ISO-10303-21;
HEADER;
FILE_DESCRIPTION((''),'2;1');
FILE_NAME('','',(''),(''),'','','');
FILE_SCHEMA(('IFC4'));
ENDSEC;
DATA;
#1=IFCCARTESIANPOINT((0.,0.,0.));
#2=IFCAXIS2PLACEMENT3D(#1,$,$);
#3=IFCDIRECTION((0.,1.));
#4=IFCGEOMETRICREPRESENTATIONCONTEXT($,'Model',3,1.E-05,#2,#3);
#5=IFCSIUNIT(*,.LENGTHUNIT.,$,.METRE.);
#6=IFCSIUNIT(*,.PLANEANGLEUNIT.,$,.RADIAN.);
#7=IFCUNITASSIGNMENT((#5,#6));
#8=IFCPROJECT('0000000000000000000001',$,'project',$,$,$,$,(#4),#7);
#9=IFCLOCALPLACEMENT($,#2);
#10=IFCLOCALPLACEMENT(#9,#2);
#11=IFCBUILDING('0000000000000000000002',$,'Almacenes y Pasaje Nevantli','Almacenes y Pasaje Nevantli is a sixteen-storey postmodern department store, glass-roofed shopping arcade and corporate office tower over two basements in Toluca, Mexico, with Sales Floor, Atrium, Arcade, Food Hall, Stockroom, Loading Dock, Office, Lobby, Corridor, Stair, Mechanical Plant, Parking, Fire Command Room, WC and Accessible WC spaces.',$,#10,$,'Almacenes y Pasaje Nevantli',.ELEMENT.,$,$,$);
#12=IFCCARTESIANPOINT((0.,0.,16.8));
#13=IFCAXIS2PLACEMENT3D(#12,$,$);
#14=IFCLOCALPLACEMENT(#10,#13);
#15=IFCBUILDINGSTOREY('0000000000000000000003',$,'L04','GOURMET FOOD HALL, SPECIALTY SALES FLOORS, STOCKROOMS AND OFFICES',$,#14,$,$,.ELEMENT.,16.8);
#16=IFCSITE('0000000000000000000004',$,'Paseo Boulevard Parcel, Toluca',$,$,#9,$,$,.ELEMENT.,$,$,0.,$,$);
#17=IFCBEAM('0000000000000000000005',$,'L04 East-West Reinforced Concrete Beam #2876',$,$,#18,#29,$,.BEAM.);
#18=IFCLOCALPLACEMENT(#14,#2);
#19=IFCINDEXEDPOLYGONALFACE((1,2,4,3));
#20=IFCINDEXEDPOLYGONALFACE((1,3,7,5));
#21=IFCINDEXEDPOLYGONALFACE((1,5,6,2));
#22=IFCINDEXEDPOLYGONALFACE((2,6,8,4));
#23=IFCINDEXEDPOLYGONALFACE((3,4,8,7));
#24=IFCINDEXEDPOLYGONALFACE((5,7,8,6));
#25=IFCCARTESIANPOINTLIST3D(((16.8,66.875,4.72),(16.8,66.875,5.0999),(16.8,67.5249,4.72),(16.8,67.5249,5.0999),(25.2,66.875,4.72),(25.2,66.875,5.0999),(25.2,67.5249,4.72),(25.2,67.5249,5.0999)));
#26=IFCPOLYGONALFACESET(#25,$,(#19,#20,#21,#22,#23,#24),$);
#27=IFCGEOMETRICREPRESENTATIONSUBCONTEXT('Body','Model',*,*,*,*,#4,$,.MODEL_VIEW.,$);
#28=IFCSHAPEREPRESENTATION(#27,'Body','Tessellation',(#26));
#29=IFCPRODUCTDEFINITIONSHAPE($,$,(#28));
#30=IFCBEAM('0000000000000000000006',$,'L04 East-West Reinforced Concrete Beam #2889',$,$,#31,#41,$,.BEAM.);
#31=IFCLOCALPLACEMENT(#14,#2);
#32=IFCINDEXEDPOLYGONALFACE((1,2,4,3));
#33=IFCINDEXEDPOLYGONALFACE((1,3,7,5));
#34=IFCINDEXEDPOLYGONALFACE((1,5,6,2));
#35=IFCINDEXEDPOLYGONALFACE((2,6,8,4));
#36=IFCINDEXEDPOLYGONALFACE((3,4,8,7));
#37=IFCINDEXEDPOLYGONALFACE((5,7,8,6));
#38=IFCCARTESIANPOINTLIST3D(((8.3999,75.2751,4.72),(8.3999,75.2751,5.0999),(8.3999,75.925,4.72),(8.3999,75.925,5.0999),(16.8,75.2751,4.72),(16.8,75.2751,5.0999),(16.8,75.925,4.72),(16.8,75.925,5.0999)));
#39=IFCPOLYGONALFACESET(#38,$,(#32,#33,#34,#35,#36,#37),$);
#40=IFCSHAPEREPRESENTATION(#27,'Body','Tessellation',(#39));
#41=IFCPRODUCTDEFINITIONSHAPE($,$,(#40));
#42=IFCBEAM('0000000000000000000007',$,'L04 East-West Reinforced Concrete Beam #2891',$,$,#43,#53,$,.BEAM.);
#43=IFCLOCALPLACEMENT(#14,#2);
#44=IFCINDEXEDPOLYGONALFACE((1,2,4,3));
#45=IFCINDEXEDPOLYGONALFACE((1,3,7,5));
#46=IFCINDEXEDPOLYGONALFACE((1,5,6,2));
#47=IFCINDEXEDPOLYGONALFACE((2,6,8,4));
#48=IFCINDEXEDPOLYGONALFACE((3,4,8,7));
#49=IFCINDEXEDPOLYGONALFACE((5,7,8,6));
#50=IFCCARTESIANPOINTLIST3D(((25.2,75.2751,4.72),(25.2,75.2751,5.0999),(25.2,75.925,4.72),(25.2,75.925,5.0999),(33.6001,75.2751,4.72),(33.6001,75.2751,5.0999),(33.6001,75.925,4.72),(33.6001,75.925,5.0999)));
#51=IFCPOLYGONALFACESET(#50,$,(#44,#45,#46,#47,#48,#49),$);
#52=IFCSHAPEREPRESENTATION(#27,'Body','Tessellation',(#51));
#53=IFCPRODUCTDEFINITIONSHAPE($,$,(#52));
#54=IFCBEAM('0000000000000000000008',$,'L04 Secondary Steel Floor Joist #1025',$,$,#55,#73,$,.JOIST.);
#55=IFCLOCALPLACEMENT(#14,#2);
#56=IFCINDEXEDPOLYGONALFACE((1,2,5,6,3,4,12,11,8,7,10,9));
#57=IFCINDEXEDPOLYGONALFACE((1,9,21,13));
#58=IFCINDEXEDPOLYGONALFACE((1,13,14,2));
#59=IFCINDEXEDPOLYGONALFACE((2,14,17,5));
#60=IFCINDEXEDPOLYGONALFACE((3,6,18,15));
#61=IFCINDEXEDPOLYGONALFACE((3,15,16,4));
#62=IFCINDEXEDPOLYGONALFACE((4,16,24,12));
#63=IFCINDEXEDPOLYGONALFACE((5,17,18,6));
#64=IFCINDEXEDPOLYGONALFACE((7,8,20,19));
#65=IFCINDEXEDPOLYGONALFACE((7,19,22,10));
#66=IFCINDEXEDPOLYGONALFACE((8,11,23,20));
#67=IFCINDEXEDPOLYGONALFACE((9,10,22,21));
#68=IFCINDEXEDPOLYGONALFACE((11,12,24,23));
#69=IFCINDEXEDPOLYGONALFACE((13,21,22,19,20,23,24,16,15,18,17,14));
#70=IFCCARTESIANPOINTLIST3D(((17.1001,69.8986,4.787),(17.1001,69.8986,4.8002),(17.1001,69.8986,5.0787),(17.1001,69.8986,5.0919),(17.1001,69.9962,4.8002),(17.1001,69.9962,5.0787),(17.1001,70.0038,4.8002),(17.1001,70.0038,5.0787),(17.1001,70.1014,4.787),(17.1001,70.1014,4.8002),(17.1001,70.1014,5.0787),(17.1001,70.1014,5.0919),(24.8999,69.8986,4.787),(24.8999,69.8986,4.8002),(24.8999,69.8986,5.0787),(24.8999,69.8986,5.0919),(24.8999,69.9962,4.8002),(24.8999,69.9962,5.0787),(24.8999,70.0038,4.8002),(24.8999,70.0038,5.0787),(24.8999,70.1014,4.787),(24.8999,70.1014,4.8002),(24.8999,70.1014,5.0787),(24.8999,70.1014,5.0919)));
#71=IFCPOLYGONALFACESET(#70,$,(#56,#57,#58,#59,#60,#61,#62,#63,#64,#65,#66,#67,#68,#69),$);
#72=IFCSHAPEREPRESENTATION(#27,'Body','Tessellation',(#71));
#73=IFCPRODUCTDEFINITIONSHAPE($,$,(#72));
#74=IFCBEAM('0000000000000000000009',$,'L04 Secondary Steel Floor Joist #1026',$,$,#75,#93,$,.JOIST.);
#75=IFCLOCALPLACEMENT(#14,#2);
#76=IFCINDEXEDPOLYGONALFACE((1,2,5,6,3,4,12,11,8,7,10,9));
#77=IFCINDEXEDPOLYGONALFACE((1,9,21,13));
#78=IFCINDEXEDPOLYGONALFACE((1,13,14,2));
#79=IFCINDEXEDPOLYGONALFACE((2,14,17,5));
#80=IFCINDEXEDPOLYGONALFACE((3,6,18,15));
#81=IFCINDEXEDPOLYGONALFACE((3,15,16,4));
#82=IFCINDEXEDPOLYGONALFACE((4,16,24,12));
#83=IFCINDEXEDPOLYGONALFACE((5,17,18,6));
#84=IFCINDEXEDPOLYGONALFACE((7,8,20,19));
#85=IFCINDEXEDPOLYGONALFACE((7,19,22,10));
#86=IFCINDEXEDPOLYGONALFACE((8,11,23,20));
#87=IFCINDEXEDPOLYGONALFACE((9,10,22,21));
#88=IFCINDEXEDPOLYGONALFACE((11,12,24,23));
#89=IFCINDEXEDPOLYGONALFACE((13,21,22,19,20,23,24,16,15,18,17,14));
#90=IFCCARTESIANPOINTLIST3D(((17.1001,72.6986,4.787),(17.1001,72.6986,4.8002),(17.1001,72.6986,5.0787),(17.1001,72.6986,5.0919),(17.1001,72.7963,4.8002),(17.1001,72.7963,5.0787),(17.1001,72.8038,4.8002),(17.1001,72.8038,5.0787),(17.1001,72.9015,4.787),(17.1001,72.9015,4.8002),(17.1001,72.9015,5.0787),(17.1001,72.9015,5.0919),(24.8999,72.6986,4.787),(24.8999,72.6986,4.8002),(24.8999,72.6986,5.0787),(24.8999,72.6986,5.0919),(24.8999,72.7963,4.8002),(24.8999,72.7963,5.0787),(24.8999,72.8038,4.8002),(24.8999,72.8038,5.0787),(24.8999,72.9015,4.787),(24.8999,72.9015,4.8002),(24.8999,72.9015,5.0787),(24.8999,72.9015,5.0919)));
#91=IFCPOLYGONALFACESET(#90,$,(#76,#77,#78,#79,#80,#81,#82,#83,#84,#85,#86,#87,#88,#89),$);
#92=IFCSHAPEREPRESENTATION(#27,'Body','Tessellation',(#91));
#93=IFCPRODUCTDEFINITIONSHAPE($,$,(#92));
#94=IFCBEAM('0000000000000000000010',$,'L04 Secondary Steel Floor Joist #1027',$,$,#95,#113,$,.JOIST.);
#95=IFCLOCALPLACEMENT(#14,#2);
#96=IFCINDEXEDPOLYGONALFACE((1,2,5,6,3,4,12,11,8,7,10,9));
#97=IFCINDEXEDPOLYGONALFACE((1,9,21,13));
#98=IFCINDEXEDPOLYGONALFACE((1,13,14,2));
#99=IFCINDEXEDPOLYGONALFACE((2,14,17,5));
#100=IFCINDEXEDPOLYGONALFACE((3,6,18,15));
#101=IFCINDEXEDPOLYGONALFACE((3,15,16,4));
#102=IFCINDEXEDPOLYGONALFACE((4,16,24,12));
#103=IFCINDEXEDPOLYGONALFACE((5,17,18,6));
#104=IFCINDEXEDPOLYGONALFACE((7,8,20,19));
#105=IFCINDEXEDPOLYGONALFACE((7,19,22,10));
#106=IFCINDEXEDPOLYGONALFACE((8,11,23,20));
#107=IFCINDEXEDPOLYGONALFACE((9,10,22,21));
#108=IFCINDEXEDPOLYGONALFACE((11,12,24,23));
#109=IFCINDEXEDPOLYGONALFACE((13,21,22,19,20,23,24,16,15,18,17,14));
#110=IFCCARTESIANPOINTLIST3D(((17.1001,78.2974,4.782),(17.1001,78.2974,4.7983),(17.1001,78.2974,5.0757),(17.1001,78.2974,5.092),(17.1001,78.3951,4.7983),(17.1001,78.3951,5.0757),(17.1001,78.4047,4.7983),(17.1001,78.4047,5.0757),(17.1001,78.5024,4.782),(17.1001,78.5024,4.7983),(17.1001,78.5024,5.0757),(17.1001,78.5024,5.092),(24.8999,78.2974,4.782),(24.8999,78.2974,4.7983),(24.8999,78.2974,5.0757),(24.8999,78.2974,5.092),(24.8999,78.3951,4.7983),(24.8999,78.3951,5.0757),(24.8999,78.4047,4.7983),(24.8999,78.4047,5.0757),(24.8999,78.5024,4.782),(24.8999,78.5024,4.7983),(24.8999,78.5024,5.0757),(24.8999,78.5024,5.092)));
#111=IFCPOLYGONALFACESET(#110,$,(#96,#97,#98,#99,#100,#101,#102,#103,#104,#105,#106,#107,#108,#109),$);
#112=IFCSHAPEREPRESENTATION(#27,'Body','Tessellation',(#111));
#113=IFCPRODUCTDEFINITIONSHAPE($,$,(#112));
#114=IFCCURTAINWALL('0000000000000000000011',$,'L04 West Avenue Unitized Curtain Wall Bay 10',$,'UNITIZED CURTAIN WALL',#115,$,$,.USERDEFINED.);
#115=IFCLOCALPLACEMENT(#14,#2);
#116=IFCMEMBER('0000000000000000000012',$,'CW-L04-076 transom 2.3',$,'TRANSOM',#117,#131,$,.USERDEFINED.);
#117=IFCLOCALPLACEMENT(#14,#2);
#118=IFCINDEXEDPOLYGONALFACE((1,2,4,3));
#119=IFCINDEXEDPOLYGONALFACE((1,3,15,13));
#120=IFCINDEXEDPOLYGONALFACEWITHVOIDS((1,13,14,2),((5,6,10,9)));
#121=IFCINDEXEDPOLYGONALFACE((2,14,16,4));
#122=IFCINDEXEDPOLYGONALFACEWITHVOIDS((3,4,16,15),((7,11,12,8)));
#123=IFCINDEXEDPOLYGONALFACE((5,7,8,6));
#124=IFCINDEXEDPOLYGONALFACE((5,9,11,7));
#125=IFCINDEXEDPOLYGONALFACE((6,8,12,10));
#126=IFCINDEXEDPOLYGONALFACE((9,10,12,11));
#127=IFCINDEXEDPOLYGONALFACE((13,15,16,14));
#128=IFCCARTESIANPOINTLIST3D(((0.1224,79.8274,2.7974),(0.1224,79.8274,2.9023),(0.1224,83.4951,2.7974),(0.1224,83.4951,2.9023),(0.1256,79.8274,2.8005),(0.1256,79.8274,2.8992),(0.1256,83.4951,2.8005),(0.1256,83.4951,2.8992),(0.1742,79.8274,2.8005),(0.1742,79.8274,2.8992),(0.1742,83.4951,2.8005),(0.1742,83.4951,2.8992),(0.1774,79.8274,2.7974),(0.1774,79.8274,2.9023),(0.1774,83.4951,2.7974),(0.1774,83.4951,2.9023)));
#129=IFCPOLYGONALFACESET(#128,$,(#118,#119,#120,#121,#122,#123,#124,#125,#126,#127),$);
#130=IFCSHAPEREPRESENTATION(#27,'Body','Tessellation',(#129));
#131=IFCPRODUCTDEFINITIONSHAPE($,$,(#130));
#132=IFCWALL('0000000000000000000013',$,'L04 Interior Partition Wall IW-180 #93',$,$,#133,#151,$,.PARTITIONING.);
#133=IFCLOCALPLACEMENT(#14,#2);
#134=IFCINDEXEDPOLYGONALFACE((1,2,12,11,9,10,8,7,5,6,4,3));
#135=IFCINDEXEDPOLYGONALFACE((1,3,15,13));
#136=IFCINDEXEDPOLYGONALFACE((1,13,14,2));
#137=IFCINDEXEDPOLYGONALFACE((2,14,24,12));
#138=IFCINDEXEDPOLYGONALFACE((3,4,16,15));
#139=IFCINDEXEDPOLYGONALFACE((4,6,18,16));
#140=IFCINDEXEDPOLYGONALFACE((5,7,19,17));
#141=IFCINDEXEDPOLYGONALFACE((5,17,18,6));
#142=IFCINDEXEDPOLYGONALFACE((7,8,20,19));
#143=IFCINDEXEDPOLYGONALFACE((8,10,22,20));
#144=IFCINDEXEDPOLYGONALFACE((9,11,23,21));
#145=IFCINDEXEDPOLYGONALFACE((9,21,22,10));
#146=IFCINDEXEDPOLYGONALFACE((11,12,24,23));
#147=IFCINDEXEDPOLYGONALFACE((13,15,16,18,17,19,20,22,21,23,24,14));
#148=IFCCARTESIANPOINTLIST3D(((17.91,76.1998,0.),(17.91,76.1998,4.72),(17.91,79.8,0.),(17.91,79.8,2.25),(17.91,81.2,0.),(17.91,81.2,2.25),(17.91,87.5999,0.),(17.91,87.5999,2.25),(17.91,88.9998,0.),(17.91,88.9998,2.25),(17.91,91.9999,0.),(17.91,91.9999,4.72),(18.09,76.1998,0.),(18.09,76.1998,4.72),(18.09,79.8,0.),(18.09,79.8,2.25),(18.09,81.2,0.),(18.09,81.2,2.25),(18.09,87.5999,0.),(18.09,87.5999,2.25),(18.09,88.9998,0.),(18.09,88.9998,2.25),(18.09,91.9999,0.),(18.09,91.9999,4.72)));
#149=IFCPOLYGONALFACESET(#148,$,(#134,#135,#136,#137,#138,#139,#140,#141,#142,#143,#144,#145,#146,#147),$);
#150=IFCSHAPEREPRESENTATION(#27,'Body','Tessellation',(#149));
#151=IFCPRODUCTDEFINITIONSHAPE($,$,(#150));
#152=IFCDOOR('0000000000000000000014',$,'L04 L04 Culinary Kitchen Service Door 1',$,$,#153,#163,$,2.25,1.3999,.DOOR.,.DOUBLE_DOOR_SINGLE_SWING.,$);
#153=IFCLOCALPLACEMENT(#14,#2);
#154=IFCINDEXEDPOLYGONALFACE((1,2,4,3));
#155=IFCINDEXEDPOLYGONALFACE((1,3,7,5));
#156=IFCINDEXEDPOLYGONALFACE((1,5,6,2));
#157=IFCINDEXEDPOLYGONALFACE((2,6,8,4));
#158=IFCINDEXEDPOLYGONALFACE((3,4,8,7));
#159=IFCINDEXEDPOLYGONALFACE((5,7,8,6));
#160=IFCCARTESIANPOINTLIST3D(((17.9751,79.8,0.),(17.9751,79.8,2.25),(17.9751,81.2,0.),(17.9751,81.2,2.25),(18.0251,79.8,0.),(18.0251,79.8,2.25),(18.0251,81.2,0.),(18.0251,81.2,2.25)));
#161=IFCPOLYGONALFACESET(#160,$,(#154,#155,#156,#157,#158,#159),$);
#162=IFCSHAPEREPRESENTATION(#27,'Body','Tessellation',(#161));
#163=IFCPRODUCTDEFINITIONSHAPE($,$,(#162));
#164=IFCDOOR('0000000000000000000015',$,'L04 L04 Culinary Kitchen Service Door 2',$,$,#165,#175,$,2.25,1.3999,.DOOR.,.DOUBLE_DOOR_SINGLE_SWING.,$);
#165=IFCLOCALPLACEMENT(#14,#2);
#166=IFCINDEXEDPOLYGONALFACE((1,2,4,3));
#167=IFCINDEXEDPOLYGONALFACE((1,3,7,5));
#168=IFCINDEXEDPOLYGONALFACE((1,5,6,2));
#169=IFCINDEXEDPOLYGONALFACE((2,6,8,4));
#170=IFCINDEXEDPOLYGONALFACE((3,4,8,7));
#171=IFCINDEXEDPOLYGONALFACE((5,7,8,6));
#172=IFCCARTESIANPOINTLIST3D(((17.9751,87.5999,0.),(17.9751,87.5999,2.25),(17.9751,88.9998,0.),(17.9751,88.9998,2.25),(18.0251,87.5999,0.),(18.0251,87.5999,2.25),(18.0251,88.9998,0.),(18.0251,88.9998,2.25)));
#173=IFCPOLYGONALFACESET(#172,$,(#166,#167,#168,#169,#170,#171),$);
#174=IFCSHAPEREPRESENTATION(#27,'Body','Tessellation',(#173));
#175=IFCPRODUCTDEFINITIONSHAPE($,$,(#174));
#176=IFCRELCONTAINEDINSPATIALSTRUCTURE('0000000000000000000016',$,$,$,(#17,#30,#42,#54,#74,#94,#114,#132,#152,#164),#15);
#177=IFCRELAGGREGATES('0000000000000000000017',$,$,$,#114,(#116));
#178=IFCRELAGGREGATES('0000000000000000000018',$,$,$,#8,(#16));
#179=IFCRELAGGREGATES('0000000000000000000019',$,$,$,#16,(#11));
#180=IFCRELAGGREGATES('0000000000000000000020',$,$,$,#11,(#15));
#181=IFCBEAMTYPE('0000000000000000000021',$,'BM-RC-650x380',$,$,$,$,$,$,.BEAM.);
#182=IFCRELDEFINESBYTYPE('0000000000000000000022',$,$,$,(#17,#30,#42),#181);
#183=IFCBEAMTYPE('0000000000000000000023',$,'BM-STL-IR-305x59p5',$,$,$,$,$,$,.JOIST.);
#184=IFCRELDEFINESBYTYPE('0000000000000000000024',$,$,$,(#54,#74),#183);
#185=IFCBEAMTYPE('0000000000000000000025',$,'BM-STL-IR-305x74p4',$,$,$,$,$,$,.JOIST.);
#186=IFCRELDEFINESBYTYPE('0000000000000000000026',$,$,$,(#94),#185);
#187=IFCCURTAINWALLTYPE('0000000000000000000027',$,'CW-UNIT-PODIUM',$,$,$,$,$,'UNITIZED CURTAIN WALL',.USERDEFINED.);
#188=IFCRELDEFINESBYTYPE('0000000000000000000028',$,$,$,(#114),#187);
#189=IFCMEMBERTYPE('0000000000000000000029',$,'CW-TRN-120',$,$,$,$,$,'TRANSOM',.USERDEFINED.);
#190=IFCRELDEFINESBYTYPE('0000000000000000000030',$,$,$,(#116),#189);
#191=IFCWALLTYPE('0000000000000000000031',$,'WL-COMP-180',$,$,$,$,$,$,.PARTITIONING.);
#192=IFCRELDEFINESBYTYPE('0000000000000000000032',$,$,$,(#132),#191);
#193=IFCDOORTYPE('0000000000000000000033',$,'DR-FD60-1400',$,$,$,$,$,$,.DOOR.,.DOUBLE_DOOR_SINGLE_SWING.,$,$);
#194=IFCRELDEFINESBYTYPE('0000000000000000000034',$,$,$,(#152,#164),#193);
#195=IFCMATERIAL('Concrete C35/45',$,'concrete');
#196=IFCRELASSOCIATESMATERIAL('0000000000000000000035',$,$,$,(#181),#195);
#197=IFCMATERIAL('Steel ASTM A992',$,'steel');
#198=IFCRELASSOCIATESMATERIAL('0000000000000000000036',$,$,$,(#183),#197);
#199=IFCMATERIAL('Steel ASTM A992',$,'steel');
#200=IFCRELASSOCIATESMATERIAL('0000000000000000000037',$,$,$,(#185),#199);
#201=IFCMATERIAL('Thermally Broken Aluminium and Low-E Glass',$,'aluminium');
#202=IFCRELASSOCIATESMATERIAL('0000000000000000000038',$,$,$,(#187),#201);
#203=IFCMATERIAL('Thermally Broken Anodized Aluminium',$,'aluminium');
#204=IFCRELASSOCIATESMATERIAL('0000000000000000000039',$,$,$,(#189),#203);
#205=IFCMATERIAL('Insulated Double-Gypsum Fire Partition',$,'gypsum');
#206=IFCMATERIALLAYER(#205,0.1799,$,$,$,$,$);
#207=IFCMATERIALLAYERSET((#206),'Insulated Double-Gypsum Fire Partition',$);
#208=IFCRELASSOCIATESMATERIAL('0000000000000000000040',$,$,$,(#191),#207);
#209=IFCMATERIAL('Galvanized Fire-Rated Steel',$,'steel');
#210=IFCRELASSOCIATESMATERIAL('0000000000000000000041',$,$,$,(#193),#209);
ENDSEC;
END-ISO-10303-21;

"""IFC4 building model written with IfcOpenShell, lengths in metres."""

from ifc_helpers import new_model, si_unit, direction, frame, frame_2d, origin, origin_2d, place, context, subcontext, project, spatial, rectangle, hollow_rectangle, i_section, extrude, material, layer, layer_set, material_profile, profile_set, type_object, element, fill, aggregate, save


model = new_model("IFC4")

# Units and contexts
model_context = context("Model", 3, precision=1e-05, world=origin(), true_north=direction((0.0, 1.0)))
body_context = subcontext(model_context, "Body", "Model", "MODEL_VIEW")
ifc_project = project(units=[si_unit("LENGTHUNIT", "METRE"), si_unit("PLANEANGLEUNIT", "RADIAN")], contexts=[model_context])

# Site, building, storey
site_placement = place(None, origin())
site = spatial("IfcSite", under=ifc_project, at=site_placement, Name="Paseo Boulevard Parcel, Toluca", CompositionType="ELEMENT", RefElevation=0.0)
building_placement = place(site_placement, origin())
building = spatial("IfcBuilding", under=site, at=building_placement, Name="Almacenes y Pasaje Nevantli", Description="Almacenes y Pasaje Nevantli is a sixteen-storey postmodern department store, glass-roofed shopping arcade and corporate office tower over two basements in Toluca, Mexico, with Sales Floor, Atrium, Arcade, Food Hall, Stockroom, Loading Dock, Office, Lobby, Corridor, Stair, Mechanical Plant, Parking, Fire Command Room, WC and Accessible WC spaces.", LongName="Almacenes y Pasaje Nevantli", CompositionType="ELEMENT")
storey_placement = place(building_placement, frame((0.0, 0.0, 16.8)))
storey = spatial("IfcBuildingStorey", under=building, at=storey_placement, Name="L04", Description="GOURMET FOOD HALL, SPECIALTY SALES FLOORS, STOCKROOMS AND OFFICES", CompositionType="ELEMENT", Elevation=16.8)

# Beams
ifc_material_1 = material(Name="Concrete C35/45", Category="concrete")
ifc_material_profile_1 = material_profile(ifc_material_1, rectangle(XDim=0.6499, YDim=0.3799, at=origin_2d()), Name="RC-BM-650x380")
ifc_profile_set_1 = profile_set([ifc_material_profile_1], Name="Concrete C35/45")
beam_type_1 = type_object("IfcBeamType", Name="BM-RC-650x380", PredefinedType="BEAM", material=ifc_profile_set_1)
beam_1_placement = place(storey_placement, frame((16.8, 67.2, 4.9099), z_axis=(1.0, 0.0, 0.0), x_axis=(0.0, 1.0, 0.0)))
element("IfcBeam", 1, at=beam_1_placement, inside=storey, type_object=beam_type_1, Name="L04 East-West Reinforced Concrete Beam #2876", PredefinedType="BEAM", context=body_context, shape_type="SweptSolid", body=[
    extrude(rectangle(XDim=0.6499, YDim=0.3799, at=origin_2d()), origin(), (0.0, 0.0, 1.0), 8.3999),
])
for number, where, z_axis, x_axis, name in (
    (2, (8.3999, 75.6001, 4.9099), (1.0, 0.0, 0.0), (0.0, 1.0, 0.0), "L04 East-West Reinforced Concrete Beam #2889"),
    (3, (25.2, 75.6001, 4.9099), (1.0, 0.0, 0.0), (0.0, 1.0, 0.0), "L04 East-West Reinforced Concrete Beam #2891"),
):
    element("IfcBeam", number, at=place(storey_placement, frame(where, z_axis=z_axis, x_axis=x_axis)), inside=storey, type_object=beam_type_1, Name=name, PredefinedType="BEAM", context=body_context, shape_type="SweptSolid", body=[
        extrude(rectangle(XDim=0.6499, YDim=0.3799, at=origin_2d()), origin(), (0.0, 0.0, 1.0), 8.4001),
    ])
ifc_material_2 = material(Name="Steel ASTM A992", Category="steel")
ifc_material_profile_2 = material_profile(ifc_material_2, i_section(OverallWidth=0.2029, OverallDepth=0.3049, WebThickness=0.0076, FlangeThickness=0.0132, at=origin_2d()), Name="IR 305x59.5")
ifc_profile_set_2 = profile_set([ifc_material_profile_2], Name="Steel ASTM A992")
beam_type_2 = type_object("IfcBeamType", Name="BM-STL-IR-305x59p5", PredefinedType="JOIST", material=ifc_profile_set_2)
for number, where, z_axis, x_axis, name in (
    (4, (17.1001, 70.0, 4.9395), (1.0, 0.0, 0.0), (0.0, 1.0, 0.0), "L04 Secondary Steel Floor Joist #1025"),
    (5, (17.1001, 72.8, 4.9395), (1.0, 0.0, 0.0), (0.0, 1.0, 0.0), "L04 Secondary Steel Floor Joist #1026"),
):
    element("IfcBeam", number, at=place(storey_placement, frame(where, z_axis=z_axis, x_axis=x_axis)), inside=storey, type_object=beam_type_2, Name=name, PredefinedType="JOIST", context=body_context, shape_type="SweptSolid", body=[
        extrude(i_section(OverallWidth=0.2029, OverallDepth=0.3049, WebThickness=0.0076, FlangeThickness=0.0132, at=origin_2d()), origin(), (0.0, 0.0, 1.0), 7.7998),
    ])
ifc_material_3 = material(Name="Steel ASTM A992", Category="steel")
ifc_material_profile_3 = material_profile(ifc_material_3, i_section(OverallWidth=0.2051, OverallDepth=0.3101, WebThickness=0.0095, FlangeThickness=0.0164, at=origin_2d()), Name="IR 305x74.4")
ifc_profile_set_3 = profile_set([ifc_material_profile_3], Name="Steel ASTM A992")
beam_type_3 = type_object("IfcBeamType", Name="BM-STL-IR-305x74p4", PredefinedType="JOIST", material=ifc_profile_set_3)
beam_2_placement = place(storey_placement, frame((17.1001, 78.3999, 4.937), z_axis=(1.0, 0.0, 0.0), x_axis=(0.0, 1.0, 0.0)))
element("IfcBeam", 6, at=beam_2_placement, inside=storey, type_object=beam_type_3, Name="L04 Secondary Steel Floor Joist #1027", PredefinedType="JOIST", context=body_context, shape_type="SweptSolid", body=[
    extrude(i_section(OverallWidth=0.2051, OverallDepth=0.3101, WebThickness=0.0095, FlangeThickness=0.0164, at=origin_2d()), origin(), (0.0, 0.0, 1.0), 7.7998),
])

# Curtain wall, member
ifc_material_4 = material(Name="Thermally Broken Aluminium and Low-E Glass", Category="aluminium")
curtain_wall_type = type_object("IfcCurtainWallType", Name="CW-UNIT-PODIUM", ElementType="UNITIZED CURTAIN WALL", PredefinedType="USERDEFINED", material=ifc_material_4)
curtain_wall_placement = place(storey_placement, origin())
curtain_wall = element("IfcCurtainWall", 7, at=curtain_wall_placement, inside=storey, type_object=curtain_wall_type, Name="L04 West Avenue Unitized Curtain Wall Bay 10", ObjectType="UNITIZED CURTAIN WALL", PredefinedType="USERDEFINED")
ifc_material_5 = material(Name="Thermally Broken Anodized Aluminium", Category="aluminium")
ifc_material_profile_4 = material_profile(ifc_material_5, hollow_rectangle(XDim=0.0549, YDim=0.105, WallThickness=0.0032, at=origin_2d()), Name="ALU-TRN-55x105")
ifc_profile_set_4 = profile_set([ifc_material_profile_4], Name="Thermally Broken Anodized Aluminium")
member_type = type_object("IfcMemberType", Name="CW-TRN-120", ElementType="TRANSOM", PredefinedType="USERDEFINED", material=ifc_profile_set_4)
member_placement = place(storey_placement, frame((0.1499, 79.8274, 2.8499), z_axis=(0.0, 1.0, 0.0), x_axis=(-1.0, 0.0, 0.0)))
member = element("IfcMember", 8, at=member_placement, type_object=member_type, Name="CW-L04-076 transom 2.3", ObjectType="TRANSOM", PredefinedType="USERDEFINED", context=body_context, shape_type="SweptSolid", body=[
    extrude(hollow_rectangle(XDim=0.0549, YDim=0.105, WallThickness=0.0032, at=origin_2d()), origin(), (0.0, 0.0, 1.0), 3.6677),
])
aggregate(curtain_wall, [member])

# Wall, openings, doors
ifc_material_6 = material(Name="Insulated Double-Gypsum Fire Partition", Category="gypsum")
ifc_layer_1 = layer(ifc_material_6, 0.1799)
ifc_layer_set_1 = layer_set([ifc_layer_1], Name="Insulated Double-Gypsum Fire Partition")
wall_type_1 = type_object("IfcWallType", Name="WL-COMP-180", PredefinedType="PARTITIONING", material=ifc_layer_set_1)
wall_1_placement = place(storey_placement, frame((18.0, 76.2, 0.0), z_axis=(0.0, 0.0, 1.0), x_axis=(0.0, 1.0, 0.0)))
wall_1 = element("IfcWall", 9, at=wall_1_placement, inside=storey, type_object=wall_type_1, Name="L04 Interior Partition Wall IW-180 #93", PredefinedType="PARTITIONING", context=body_context, shape_type="SweptSolid", body=[
    extrude(rectangle(XDim=15.8, YDim=0.1799, at=frame_2d((7.8999, 0.0))), origin(), (0.0, 0.0, 1.0), 4.72),
])
opening_1_placement = place(wall_1_placement, frame((3.6001, 0.0, 0.0)))
opening_1 = element("IfcOpeningElement", 10, at=opening_1_placement, cuts=wall_1, PredefinedType="OPENING", context=body_context, shape_type="SweptSolid", body=[
    extrude(rectangle(XDim=1.3999, YDim=2.25, at=frame_2d((0.7, 1.125))), frame((0.0, 0.0999, 0.0), z_axis=(0.0, -1.0, 0.0), x_axis=(1.0, 0.0, 0.0)), (0.0, 0.0, 1.0), 0.2),
])
opening_2_placement = place(wall_1_placement, frame((11.3999, 0.0, 0.0)))
opening_2 = element("IfcOpeningElement", 11, at=opening_2_placement, cuts=wall_1, PredefinedType="OPENING", context=body_context, shape_type="SweptSolid", body=[
    extrude(rectangle(XDim=1.3999, YDim=2.25, at=frame_2d((0.7, 1.125))), frame((0.0, 0.0999, 0.0), z_axis=(0.0, -1.0, 0.0), x_axis=(1.0, 0.0, 0.0)), (0.0, 0.0, 1.0), 0.2),
])
ifc_material_7 = material(Name="Galvanized Fire-Rated Steel", Category="steel")
door_type = type_object("IfcDoorType", Name="DR-FD60-1400", OperationType="DOUBLE_DOOR_SINGLE_SWING", PredefinedType="DOOR", material=ifc_material_7)
door_1_placement = place(opening_1_placement, origin())
door_1 = element("IfcDoor", 12, at=door_1_placement, inside=storey, type_object=door_type, Name="L04 L04 Culinary Kitchen Service Door 1", OperationType="DOUBLE_DOOR_SINGLE_SWING", OverallHeight=2.25, OverallWidth=1.3999, PredefinedType="DOOR", context=body_context, shape_type="SweptSolid", body=[
    extrude(rectangle(XDim=1.3999, YDim=2.25, at=frame_2d((0.7, 1.125))), frame((0.0, 0.0249, 0.0), z_axis=(0.0, -1.0, 0.0), x_axis=(1.0, 0.0, 0.0)), (0.0, 0.0, 1.0), 0.05),
])
fill(opening_1, door_1)
door_2_placement = place(opening_2_placement, origin())
door_2 = element("IfcDoor", 13, at=door_2_placement, inside=storey, type_object=door_type, Name="L04 L04 Culinary Kitchen Service Door 2", OperationType="DOUBLE_DOOR_SINGLE_SWING", OverallHeight=2.25, OverallWidth=1.3999, PredefinedType="DOOR", context=body_context, shape_type="SweptSolid", body=[
    extrude(rectangle(XDim=1.3999, YDim=2.25, at=frame_2d((0.7, 1.125))), frame((0.0, 0.0249, 0.0), z_axis=(0.0, -1.0, 0.0), x_axis=(1.0, 0.0, 0.0)), (0.0, 0.0, 1.0), 0.05),
])
fill(opening_2, door_2)

save(model, "model.ifc")
